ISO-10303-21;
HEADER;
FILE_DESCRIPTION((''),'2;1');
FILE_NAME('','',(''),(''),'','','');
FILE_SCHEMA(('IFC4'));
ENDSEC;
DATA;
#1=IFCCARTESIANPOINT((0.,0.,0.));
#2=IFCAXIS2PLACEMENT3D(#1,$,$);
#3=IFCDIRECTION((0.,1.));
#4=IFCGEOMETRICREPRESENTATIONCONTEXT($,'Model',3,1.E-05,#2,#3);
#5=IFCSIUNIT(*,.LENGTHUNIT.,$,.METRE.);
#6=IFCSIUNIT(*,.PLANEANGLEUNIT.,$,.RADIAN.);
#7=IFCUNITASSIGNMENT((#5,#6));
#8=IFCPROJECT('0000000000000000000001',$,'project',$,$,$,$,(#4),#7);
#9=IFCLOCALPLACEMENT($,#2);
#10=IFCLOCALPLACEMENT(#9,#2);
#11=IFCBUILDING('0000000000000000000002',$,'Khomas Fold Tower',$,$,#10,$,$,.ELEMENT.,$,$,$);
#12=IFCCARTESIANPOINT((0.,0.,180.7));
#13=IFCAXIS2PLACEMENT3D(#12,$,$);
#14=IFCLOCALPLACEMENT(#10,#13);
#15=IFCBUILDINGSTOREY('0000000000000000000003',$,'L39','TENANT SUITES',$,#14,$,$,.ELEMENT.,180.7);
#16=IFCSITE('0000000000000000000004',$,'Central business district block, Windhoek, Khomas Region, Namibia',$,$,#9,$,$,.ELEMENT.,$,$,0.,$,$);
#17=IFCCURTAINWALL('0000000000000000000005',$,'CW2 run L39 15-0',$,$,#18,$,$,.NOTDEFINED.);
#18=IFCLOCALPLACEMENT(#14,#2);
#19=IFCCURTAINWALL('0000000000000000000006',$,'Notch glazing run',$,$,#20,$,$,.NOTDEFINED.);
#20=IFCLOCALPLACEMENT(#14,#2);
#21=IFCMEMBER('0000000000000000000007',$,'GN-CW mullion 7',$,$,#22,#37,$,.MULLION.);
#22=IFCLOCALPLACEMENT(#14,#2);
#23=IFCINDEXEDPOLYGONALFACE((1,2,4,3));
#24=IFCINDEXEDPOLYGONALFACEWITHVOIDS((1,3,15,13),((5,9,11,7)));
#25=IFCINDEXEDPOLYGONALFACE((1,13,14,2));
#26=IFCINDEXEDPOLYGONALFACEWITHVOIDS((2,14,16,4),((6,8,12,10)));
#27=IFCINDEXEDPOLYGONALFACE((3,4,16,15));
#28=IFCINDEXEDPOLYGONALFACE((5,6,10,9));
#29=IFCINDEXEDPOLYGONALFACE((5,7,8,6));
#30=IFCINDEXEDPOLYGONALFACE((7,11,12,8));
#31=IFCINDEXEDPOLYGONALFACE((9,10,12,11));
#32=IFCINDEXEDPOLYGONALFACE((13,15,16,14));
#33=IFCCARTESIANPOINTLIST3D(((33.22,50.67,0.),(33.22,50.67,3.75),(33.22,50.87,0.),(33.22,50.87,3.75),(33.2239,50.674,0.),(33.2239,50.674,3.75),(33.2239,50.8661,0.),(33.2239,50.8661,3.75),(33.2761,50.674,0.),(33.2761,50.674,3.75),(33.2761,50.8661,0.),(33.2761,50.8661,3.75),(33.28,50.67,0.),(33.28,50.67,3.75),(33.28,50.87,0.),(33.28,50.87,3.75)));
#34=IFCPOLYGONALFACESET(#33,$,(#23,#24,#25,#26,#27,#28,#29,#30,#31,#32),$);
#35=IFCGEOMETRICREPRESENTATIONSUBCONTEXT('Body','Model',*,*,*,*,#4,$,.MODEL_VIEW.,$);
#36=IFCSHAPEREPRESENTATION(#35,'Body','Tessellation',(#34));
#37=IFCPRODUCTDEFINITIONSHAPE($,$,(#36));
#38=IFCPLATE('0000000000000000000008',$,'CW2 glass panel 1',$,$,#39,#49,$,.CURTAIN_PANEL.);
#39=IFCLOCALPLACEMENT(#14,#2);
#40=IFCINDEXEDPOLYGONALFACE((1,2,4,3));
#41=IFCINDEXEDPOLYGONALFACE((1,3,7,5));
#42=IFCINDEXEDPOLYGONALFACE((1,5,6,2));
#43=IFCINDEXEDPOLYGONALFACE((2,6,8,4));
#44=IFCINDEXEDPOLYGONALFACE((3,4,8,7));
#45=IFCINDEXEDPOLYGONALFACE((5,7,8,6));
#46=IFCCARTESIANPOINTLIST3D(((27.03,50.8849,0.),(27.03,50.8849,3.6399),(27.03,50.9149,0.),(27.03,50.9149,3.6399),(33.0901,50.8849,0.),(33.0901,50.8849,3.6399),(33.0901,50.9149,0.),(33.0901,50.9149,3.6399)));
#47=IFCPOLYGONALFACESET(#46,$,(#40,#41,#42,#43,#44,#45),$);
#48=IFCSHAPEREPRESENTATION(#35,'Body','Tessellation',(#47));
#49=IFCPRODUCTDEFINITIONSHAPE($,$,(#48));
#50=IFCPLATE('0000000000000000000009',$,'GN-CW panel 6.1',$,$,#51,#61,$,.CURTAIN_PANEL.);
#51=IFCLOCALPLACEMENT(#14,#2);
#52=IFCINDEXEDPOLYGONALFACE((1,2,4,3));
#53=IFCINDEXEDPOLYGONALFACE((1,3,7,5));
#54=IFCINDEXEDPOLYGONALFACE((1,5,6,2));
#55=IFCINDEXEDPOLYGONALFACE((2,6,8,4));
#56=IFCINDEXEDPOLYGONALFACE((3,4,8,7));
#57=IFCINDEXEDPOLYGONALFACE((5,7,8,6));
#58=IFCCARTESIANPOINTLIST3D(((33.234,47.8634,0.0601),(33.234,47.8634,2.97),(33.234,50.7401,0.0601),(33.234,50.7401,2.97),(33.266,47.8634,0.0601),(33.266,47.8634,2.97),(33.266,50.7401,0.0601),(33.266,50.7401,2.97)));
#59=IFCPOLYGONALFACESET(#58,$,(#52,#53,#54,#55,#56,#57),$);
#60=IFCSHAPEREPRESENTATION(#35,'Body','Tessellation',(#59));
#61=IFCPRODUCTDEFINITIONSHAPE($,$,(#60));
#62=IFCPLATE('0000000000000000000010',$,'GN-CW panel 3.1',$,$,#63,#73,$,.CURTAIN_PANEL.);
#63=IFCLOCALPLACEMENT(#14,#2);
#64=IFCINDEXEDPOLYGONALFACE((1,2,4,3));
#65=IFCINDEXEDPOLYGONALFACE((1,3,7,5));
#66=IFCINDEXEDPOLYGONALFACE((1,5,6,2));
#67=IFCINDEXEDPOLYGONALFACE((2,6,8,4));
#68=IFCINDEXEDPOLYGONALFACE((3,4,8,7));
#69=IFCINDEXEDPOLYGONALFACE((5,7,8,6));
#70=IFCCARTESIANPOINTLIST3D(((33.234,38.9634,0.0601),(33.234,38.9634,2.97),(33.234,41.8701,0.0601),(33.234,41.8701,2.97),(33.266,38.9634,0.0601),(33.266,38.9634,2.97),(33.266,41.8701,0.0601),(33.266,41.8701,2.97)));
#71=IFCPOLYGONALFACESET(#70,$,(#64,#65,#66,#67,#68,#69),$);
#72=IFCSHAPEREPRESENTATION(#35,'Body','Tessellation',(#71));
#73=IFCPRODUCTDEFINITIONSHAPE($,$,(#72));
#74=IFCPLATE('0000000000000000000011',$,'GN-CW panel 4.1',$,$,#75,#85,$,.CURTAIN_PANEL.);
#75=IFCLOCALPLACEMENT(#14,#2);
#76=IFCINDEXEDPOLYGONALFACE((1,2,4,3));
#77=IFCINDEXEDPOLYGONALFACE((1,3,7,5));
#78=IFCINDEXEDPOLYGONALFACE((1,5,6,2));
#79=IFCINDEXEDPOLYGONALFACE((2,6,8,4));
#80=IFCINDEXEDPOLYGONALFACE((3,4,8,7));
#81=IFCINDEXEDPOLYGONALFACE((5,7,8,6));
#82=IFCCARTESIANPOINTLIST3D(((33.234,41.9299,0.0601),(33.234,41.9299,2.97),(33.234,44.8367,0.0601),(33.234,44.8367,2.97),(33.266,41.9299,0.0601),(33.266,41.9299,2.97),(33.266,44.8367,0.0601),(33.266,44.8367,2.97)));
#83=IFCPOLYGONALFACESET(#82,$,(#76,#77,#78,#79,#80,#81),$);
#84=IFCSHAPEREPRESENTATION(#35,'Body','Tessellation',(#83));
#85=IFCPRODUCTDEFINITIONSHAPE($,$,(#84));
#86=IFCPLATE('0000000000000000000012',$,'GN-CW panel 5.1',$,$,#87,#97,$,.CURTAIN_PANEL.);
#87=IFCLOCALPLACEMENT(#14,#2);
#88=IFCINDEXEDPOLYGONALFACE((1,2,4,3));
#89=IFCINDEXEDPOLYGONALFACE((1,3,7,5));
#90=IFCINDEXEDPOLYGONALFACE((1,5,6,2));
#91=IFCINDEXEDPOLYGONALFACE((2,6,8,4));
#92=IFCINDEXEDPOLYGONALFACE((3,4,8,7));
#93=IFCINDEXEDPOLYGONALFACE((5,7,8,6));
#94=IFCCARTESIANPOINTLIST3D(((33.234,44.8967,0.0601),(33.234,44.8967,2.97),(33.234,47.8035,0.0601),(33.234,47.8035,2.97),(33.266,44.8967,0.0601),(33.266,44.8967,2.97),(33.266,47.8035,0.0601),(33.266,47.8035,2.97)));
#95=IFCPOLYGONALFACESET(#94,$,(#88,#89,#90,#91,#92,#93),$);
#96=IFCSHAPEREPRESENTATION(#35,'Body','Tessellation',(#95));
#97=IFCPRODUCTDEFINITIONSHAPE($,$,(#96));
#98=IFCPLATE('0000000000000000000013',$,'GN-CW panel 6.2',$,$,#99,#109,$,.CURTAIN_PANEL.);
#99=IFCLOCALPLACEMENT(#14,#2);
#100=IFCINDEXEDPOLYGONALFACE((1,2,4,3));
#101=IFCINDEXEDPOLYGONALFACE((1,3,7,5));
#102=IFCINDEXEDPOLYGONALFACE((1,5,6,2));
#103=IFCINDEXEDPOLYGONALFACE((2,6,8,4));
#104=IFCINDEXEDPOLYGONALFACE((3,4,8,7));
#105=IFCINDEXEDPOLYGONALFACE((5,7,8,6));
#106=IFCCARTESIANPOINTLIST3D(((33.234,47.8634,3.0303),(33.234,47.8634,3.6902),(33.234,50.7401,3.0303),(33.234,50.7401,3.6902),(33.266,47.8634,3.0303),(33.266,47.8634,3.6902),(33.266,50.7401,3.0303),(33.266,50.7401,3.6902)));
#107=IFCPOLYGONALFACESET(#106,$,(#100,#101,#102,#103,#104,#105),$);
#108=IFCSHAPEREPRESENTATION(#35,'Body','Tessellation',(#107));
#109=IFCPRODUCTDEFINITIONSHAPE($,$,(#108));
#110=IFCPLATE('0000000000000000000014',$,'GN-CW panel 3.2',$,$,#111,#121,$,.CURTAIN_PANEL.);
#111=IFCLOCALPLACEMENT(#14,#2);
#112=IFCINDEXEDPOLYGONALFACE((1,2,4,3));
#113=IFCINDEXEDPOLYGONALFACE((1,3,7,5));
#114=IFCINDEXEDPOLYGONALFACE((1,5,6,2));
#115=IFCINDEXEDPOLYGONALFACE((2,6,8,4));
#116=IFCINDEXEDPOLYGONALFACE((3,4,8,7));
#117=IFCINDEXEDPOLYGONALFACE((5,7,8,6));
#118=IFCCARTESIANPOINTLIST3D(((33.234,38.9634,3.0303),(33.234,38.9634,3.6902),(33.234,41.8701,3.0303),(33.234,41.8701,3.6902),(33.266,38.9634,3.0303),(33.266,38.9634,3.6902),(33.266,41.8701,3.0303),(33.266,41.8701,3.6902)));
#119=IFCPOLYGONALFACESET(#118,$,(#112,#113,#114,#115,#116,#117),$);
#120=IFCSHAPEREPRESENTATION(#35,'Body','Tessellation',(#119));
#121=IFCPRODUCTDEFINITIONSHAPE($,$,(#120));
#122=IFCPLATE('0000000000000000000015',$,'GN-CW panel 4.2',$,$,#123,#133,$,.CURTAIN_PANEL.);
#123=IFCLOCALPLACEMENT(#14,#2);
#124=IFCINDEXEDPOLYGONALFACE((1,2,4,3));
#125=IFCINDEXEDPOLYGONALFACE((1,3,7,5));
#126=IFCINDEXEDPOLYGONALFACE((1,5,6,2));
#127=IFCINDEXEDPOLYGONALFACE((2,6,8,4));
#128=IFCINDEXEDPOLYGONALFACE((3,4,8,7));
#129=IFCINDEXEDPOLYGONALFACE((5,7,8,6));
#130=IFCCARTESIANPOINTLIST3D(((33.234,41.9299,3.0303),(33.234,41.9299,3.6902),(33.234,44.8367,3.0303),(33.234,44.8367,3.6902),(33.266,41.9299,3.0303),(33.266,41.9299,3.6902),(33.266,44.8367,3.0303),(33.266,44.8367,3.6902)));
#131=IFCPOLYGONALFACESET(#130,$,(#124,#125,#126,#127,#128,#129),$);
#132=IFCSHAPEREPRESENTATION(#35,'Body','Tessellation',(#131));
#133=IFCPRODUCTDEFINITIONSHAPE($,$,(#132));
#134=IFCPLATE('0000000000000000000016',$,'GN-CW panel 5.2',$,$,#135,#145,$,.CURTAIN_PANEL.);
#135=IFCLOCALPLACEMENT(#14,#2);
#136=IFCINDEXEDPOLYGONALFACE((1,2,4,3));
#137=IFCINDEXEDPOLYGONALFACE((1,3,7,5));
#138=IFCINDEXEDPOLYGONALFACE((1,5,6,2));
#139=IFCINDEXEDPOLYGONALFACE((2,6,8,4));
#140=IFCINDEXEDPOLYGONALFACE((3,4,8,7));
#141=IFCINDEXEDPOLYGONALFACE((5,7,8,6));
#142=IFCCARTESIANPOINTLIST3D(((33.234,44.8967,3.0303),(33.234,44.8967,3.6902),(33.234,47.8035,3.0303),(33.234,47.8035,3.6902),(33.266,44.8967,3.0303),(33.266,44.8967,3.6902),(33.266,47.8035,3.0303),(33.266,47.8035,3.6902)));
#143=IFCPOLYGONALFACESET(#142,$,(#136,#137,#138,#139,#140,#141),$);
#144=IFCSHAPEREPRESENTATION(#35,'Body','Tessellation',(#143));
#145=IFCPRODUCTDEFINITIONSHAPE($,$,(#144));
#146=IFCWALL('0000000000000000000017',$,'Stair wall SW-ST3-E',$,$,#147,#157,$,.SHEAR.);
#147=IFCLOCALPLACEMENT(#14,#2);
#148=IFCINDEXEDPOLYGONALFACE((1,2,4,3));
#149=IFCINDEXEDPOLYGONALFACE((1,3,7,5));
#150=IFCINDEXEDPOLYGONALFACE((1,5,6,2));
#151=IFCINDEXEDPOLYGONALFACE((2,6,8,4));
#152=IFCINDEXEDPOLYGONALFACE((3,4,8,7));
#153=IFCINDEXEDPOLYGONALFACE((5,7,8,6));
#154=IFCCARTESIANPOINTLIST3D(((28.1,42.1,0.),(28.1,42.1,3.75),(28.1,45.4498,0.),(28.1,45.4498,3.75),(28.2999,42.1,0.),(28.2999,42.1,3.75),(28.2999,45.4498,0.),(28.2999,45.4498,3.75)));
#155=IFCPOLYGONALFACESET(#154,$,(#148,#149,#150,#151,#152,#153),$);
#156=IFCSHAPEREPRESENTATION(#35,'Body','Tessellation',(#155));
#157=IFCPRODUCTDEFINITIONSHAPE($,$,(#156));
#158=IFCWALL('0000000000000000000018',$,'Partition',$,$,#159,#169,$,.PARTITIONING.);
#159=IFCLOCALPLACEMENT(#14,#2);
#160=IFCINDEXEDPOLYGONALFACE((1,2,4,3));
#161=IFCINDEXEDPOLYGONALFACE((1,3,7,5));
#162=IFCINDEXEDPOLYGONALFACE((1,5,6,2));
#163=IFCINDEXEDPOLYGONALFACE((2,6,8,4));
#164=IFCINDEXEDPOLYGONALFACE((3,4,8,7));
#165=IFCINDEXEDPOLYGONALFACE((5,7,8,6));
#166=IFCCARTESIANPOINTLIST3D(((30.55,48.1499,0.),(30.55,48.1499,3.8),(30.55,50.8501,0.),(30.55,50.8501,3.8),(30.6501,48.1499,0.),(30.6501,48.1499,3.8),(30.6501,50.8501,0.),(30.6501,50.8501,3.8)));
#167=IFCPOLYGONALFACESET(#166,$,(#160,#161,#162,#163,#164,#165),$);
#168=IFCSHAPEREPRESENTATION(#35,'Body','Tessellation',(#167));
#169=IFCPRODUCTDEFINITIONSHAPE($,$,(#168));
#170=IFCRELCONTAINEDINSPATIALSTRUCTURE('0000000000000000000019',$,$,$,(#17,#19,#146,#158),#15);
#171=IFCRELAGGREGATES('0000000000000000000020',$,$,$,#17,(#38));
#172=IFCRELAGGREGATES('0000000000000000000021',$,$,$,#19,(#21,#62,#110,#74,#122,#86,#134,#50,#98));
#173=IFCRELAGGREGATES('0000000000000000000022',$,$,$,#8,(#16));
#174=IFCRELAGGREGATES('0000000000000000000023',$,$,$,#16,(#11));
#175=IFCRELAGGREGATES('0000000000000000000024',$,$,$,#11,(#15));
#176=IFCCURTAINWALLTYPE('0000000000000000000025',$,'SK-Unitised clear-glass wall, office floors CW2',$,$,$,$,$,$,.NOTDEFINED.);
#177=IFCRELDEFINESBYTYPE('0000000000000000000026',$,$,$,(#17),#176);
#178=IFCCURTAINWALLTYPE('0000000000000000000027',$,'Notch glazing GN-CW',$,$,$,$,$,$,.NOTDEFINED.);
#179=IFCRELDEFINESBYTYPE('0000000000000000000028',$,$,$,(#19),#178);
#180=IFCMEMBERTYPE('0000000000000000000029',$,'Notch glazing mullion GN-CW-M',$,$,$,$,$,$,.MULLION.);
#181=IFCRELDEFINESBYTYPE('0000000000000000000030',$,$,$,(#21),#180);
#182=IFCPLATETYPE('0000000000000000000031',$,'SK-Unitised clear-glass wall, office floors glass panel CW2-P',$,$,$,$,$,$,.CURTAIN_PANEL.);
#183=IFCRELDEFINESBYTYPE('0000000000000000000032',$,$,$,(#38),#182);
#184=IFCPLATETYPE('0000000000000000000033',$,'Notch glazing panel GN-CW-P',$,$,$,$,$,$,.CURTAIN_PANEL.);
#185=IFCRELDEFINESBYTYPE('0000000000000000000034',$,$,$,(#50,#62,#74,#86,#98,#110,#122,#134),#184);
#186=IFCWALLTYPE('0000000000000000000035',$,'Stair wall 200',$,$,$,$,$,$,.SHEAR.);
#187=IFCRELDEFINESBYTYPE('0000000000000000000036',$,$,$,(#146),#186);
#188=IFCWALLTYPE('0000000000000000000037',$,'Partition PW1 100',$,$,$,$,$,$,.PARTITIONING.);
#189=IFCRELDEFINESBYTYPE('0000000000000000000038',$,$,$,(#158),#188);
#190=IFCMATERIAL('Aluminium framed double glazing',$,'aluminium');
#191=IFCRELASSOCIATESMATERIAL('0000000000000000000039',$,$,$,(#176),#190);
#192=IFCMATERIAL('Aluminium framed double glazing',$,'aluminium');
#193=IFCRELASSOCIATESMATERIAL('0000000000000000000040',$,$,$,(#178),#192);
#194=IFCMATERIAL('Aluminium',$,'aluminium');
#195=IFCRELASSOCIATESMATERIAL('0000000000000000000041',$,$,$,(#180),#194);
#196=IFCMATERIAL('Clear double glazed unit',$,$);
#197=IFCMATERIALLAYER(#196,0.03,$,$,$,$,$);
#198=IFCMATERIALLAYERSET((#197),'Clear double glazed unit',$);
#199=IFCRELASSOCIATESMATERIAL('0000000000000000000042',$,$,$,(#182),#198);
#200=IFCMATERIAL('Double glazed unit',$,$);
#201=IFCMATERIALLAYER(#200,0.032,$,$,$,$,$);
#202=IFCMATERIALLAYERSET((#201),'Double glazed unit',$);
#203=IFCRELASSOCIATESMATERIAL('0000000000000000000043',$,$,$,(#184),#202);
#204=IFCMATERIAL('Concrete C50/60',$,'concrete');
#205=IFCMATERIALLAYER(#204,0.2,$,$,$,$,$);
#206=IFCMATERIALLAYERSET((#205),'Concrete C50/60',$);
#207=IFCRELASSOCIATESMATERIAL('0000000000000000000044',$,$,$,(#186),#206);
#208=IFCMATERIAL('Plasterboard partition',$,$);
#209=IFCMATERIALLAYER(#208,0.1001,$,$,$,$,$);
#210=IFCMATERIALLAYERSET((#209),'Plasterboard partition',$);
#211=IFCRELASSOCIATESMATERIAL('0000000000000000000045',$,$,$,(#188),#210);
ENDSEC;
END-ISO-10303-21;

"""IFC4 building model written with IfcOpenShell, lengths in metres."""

from ifc_helpers import new_model, si_unit, direction, frame, frame_2d, origin, origin_2d, place, context, subcontext, project, spatial, rectangle, hollow_rectangle, extrude, source, transform, mapped, material, layer, layer_set, material_profile, profile_set, type_object, element, aggregate, save


model = new_model("IFC4")

# Units and contexts
model_context = context("Model", 3, precision=1e-05, world=origin(), true_north=direction((0.0, 1.0)))
body_context = subcontext(model_context, "Body", "Model", "MODEL_VIEW")
ifc_project = project(units=[si_unit("LENGTHUNIT", "METRE"), si_unit("PLANEANGLEUNIT", "RADIAN")], contexts=[model_context])

# Site, building, storey
site_placement = place(None, origin())
site = spatial("IfcSite", under=ifc_project, at=site_placement, Name="Central business district block, Windhoek, Khomas Region, Namibia", CompositionType="ELEMENT", RefElevation=0.0)
building_placement = place(site_placement, origin())
building = spatial("IfcBuilding", under=site, at=building_placement, Name="Khomas Fold Tower", CompositionType="ELEMENT")
storey_placement = place(building_placement, frame((0.0, 0.0, 180.7)))
storey = spatial("IfcBuildingStorey", under=building, at=storey_placement, Name="L39", Description="TENANT SUITES", CompositionType="ELEMENT", Elevation=180.7)

# Shared definitions
ifc_material_1 = material(Name="Aluminium framed double glazing", Category="aluminium")
curtain_wall_type_1 = type_object("IfcCurtainWallType", Name="SK-Unitised clear-glass wall, office floors CW2", PredefinedType="NOTDEFINED", material=ifc_material_1)

# Curtain walls
curtain_wall_1_placement = place(storey_placement, origin())
curtain_wall_1 = element("IfcCurtainWall", 1, at=curtain_wall_1_placement, inside=storey, type_object=curtain_wall_type_1, Name="CW2 run L39 15-0", PredefinedType="NOTDEFINED")
ifc_material_2 = material(Name="Aluminium framed double glazing", Category="aluminium")
curtain_wall_type_2 = type_object("IfcCurtainWallType", Name="Notch glazing GN-CW", PredefinedType="NOTDEFINED", material=ifc_material_2)
curtain_wall_2_placement = place(storey_placement, origin())
curtain_wall_2 = element("IfcCurtainWall", 2, at=curtain_wall_2_placement, inside=storey, type_object=curtain_wall_type_2, Name="Notch glazing run", PredefinedType="NOTDEFINED")

# Shared definitions
ifc_material_3 = material(Name="Aluminium", Category="aluminium")
ifc_material_profile_1 = material_profile(ifc_material_3, hollow_rectangle(XDim=0.0601, YDim=0.2, WallThickness=0.0039, at=origin_2d()), Name="Notch glazing mullion GN-CW-M")
ifc_profile_set_1 = profile_set([ifc_material_profile_1], Name="Aluminium")
member_type_1 = type_object("IfcMemberType", Name="Notch glazing mullion GN-CW-M", PredefinedType="MULLION", material=ifc_profile_set_1)
shared_shape_1 = source(origin(), body_context, "Body", "SweptSolid", [
    extrude(hollow_rectangle(XDim=0.0601, YDim=0.2, WallThickness=0.0039, at=origin_2d()), origin(), (0.0, 0.0, 1.0), 3.75),
])

# Member
member_1_placement = place(storey_placement, frame((33.25, 50.77, 0.0), z_axis=(0.0, 0.0, 1.0), x_axis=(-1.0, 0.0, 0.0)))
member_1 = element("IfcMember", 3, at=member_1_placement, type_object=member_type_1, Name="GN-CW mullion 7", PredefinedType="MULLION", context=body_context, shape_type="MappedRepresentation", body=[
    mapped(shared_shape_1, transform((0.0, 0.0, 0.0))),
])

# Plates
ifc_material_4 = material(Name="Clear double glazed unit")
ifc_layer_1 = layer(ifc_material_4, 0.03)
ifc_layer_set_1 = layer_set([ifc_layer_1], Name="Clear double glazed unit")
plate_type_1 = type_object("IfcPlateType", Name="SK-Unitised clear-glass wall, office floors glass panel CW2-P", PredefinedType="CURTAIN_PANEL", material=ifc_layer_set_1)
shared_shape_2 = source(origin(), body_context, "Body", "SweptSolid", [
    extrude(rectangle(XDim=6.0601, YDim=0.03, at=origin_2d()), origin(), (0.0, 0.0, 1.0), 3.6399),
])
plate_1_placement = place(storey_placement, frame((30.0601, 50.8999, 0.0), z_axis=(0.0, 0.0, 1.0), x_axis=(-1.0, 0.0, 0.0)))
plate_1 = element("IfcPlate", 4, at=plate_1_placement, type_object=plate_type_1, Name="CW2 glass panel 1", PredefinedType="CURTAIN_PANEL", context=body_context, shape_type="MappedRepresentation", body=[
    mapped(shared_shape_2, transform((0.0, 0.0, 0.0))),
])
aggregate(curtain_wall_1, [plate_1])
ifc_material_5 = material(Name="Double glazed unit")
ifc_layer_2 = layer(ifc_material_5, 0.032)
ifc_layer_set_2 = layer_set([ifc_layer_2], Name="Double glazed unit")
plate_type_2 = type_object("IfcPlateType", Name="Notch glazing panel GN-CW-P", PredefinedType="CURTAIN_PANEL", material=ifc_layer_set_2)
shared_shape_3 = source(origin(), body_context, "Body", "SweptSolid", [
    extrude(rectangle(XDim=2.8767, YDim=0.032, at=origin_2d()), origin(), (0.0, 0.0, 1.0), 2.9099),
])
plate_2_placement = place(storey_placement, frame((33.25, 49.3018, 0.0601), z_axis=(0.0, 0.0, 1.0), x_axis=(0.0, 1.0, 0.0)))
plate_2 = element("IfcPlate", 5, at=plate_2_placement, type_object=plate_type_2, Name="GN-CW panel 6.1", PredefinedType="CURTAIN_PANEL", context=body_context, shape_type="MappedRepresentation", body=[
    mapped(shared_shape_3, transform((0.0, 0.0, 0.0))),
])
shared_shape_4 = source(origin(), body_context, "Body", "SweptSolid", [
    extrude(rectangle(XDim=2.9067, YDim=0.032, at=origin_2d()), origin(), (0.0, 0.0, 1.0), 2.9099),
])
plate_3_placement = place(storey_placement, frame((33.25, 40.4167, 0.0601), z_axis=(0.0, 0.0, 1.0), x_axis=(0.0, 1.0, 0.0)))
plate_3 = element("IfcPlate", 6, at=plate_3_placement, type_object=plate_type_2, Name="GN-CW panel 3.1", PredefinedType="CURTAIN_PANEL", context=body_context, shape_type="MappedRepresentation", body=[
    mapped(shared_shape_4, transform((0.0, 0.0, 0.0))),
])
plate_4_placement = place(storey_placement, frame((33.25, 43.3833, 0.0601), z_axis=(0.0, 0.0, 1.0), x_axis=(0.0, 1.0, 0.0)))
plate_4 = element("IfcPlate", 7, at=plate_4_placement, type_object=plate_type_2, Name="GN-CW panel 4.1", PredefinedType="CURTAIN_PANEL", context=body_context, shape_type="MappedRepresentation", body=[
    mapped(shared_shape_4, transform((0.0, 0.0, 0.0))),
])
plate_5_placement = place(storey_placement, frame((33.25, 46.3501, 0.0601), z_axis=(0.0, 0.0, 1.0), x_axis=(0.0, 1.0, 0.0)))
plate_5 = element("IfcPlate", 8, at=plate_5_placement, type_object=plate_type_2, Name="GN-CW panel 5.1", PredefinedType="CURTAIN_PANEL", context=body_context, shape_type="MappedRepresentation", body=[
    mapped(shared_shape_4, transform((0.0, 0.0, 0.0))),
])
shared_shape_5 = source(origin(), body_context, "Body", "SweptSolid", [
    extrude(rectangle(XDim=2.8767, YDim=0.032, at=origin_2d()), origin(), (0.0, 0.0, 1.0), 0.6599),
])
plate_6_placement = place(storey_placement, frame((33.25, 49.3018, 3.0303), z_axis=(0.0, 0.0, 1.0), x_axis=(0.0, 1.0, 0.0)))
plate_6 = element("IfcPlate", 9, at=plate_6_placement, type_object=plate_type_2, Name="GN-CW panel 6.2", PredefinedType="CURTAIN_PANEL", context=body_context, shape_type="MappedRepresentation", body=[
    mapped(shared_shape_5, transform((0.0, 0.0, 0.0))),
])
shared_shape_6 = source(origin(), body_context, "Body", "SweptSolid", [
    extrude(rectangle(XDim=2.9067, YDim=0.032, at=origin_2d()), origin(), (0.0, 0.0, 1.0), 0.6599),
])
plate_7_placement = place(storey_placement, frame((33.25, 40.4167, 3.0303), z_axis=(0.0, 0.0, 1.0), x_axis=(0.0, 1.0, 0.0)))
plate_7 = element("IfcPlate", 10, at=plate_7_placement, type_object=plate_type_2, Name="GN-CW panel 3.2", PredefinedType="CURTAIN_PANEL", context=body_context, shape_type="MappedRepresentation", body=[
    mapped(shared_shape_6, transform((0.0, 0.0, 0.0))),
])
plate_8_placement = place(storey_placement, frame((33.25, 43.3833, 3.0303), z_axis=(0.0, 0.0, 1.0), x_axis=(0.0, 1.0, 0.0)))
plate_8 = element("IfcPlate", 11, at=plate_8_placement, type_object=plate_type_2, Name="GN-CW panel 4.2", PredefinedType="CURTAIN_PANEL", context=body_context, shape_type="MappedRepresentation", body=[
    mapped(shared_shape_6, transform((0.0, 0.0, 0.0))),
])
plate_9_placement = place(storey_placement, frame((33.25, 46.3501, 3.0303), z_axis=(0.0, 0.0, 1.0), x_axis=(0.0, 1.0, 0.0)))
plate_9 = element("IfcPlate", 12, at=plate_9_placement, type_object=plate_type_2, Name="GN-CW panel 5.2", PredefinedType="CURTAIN_PANEL", context=body_context, shape_type="MappedRepresentation", body=[
    mapped(shared_shape_6, transform((0.0, 0.0, 0.0))),
])
aggregate(curtain_wall_2, [member_1, plate_3, plate_7, plate_4, plate_8, plate_5, plate_9, plate_2, plate_6])

# Walls
ifc_material_6 = material(Name="Concrete C50/60", Category="concrete")
ifc_layer_3 = layer(ifc_material_6, 0.2)
ifc_layer_set_3 = layer_set([ifc_layer_3], Name="Concrete C50/60")
wall_type_1 = type_object("IfcWallType", Name="Stair wall 200", PredefinedType="SHEAR", material=ifc_layer_set_3)
shared_shape_7 = source(origin(), body_context, "Body", "SweptSolid", [
    extrude(rectangle(XDim=3.3499, YDim=0.2, at=frame_2d((1.6748, 0.0))), origin(), (0.0, 0.0, 1.0), 3.75),
])
wall_1_placement = place(storey_placement, frame((28.2, 42.1001, 0.0), z_axis=(0.0, 0.0, 1.0), x_axis=(0.0, 1.0, 0.0)))
element("IfcWall", 13, at=wall_1_placement, inside=storey, type_object=wall_type_1, Name="Stair wall SW-ST3-E", PredefinedType="SHEAR", context=body_context, shape_type="MappedRepresentation", body=[
    mapped(shared_shape_7, transform((0.0, 0.0, 0.0))),
])
ifc_material_7 = material(Name="Plasterboard partition")
ifc_layer_4 = layer(ifc_material_7, 0.1001)
ifc_layer_set_4 = layer_set([ifc_layer_4], Name="Plasterboard partition")
wall_type_2 = type_object("IfcWallType", Name="Partition PW1 100", PredefinedType="PARTITIONING", material=ifc_layer_set_4)
shared_shape_8 = source(origin(), body_context, "Body", "SweptSolid", [
    extrude(rectangle(XDim=2.7002, YDim=0.1001, at=frame_2d((1.3501, 0.0))), origin(), (0.0, 0.0, 1.0), 3.8),
])
wall_2_placement = place(storey_placement, frame((30.6001, 48.1499, 0.0), z_axis=(0.0, 0.0, 1.0), x_axis=(0.0, 1.0, 0.0)))
element("IfcWall", 14, at=wall_2_placement, inside=storey, type_object=wall_type_2, Name="Partition", PredefinedType="PARTITIONING", context=body_context, shape_type="MappedRepresentation", body=[
    mapped(shared_shape_8, transform((0.0, 0.0, 0.0))),
])

save(model, "model.ifc")
